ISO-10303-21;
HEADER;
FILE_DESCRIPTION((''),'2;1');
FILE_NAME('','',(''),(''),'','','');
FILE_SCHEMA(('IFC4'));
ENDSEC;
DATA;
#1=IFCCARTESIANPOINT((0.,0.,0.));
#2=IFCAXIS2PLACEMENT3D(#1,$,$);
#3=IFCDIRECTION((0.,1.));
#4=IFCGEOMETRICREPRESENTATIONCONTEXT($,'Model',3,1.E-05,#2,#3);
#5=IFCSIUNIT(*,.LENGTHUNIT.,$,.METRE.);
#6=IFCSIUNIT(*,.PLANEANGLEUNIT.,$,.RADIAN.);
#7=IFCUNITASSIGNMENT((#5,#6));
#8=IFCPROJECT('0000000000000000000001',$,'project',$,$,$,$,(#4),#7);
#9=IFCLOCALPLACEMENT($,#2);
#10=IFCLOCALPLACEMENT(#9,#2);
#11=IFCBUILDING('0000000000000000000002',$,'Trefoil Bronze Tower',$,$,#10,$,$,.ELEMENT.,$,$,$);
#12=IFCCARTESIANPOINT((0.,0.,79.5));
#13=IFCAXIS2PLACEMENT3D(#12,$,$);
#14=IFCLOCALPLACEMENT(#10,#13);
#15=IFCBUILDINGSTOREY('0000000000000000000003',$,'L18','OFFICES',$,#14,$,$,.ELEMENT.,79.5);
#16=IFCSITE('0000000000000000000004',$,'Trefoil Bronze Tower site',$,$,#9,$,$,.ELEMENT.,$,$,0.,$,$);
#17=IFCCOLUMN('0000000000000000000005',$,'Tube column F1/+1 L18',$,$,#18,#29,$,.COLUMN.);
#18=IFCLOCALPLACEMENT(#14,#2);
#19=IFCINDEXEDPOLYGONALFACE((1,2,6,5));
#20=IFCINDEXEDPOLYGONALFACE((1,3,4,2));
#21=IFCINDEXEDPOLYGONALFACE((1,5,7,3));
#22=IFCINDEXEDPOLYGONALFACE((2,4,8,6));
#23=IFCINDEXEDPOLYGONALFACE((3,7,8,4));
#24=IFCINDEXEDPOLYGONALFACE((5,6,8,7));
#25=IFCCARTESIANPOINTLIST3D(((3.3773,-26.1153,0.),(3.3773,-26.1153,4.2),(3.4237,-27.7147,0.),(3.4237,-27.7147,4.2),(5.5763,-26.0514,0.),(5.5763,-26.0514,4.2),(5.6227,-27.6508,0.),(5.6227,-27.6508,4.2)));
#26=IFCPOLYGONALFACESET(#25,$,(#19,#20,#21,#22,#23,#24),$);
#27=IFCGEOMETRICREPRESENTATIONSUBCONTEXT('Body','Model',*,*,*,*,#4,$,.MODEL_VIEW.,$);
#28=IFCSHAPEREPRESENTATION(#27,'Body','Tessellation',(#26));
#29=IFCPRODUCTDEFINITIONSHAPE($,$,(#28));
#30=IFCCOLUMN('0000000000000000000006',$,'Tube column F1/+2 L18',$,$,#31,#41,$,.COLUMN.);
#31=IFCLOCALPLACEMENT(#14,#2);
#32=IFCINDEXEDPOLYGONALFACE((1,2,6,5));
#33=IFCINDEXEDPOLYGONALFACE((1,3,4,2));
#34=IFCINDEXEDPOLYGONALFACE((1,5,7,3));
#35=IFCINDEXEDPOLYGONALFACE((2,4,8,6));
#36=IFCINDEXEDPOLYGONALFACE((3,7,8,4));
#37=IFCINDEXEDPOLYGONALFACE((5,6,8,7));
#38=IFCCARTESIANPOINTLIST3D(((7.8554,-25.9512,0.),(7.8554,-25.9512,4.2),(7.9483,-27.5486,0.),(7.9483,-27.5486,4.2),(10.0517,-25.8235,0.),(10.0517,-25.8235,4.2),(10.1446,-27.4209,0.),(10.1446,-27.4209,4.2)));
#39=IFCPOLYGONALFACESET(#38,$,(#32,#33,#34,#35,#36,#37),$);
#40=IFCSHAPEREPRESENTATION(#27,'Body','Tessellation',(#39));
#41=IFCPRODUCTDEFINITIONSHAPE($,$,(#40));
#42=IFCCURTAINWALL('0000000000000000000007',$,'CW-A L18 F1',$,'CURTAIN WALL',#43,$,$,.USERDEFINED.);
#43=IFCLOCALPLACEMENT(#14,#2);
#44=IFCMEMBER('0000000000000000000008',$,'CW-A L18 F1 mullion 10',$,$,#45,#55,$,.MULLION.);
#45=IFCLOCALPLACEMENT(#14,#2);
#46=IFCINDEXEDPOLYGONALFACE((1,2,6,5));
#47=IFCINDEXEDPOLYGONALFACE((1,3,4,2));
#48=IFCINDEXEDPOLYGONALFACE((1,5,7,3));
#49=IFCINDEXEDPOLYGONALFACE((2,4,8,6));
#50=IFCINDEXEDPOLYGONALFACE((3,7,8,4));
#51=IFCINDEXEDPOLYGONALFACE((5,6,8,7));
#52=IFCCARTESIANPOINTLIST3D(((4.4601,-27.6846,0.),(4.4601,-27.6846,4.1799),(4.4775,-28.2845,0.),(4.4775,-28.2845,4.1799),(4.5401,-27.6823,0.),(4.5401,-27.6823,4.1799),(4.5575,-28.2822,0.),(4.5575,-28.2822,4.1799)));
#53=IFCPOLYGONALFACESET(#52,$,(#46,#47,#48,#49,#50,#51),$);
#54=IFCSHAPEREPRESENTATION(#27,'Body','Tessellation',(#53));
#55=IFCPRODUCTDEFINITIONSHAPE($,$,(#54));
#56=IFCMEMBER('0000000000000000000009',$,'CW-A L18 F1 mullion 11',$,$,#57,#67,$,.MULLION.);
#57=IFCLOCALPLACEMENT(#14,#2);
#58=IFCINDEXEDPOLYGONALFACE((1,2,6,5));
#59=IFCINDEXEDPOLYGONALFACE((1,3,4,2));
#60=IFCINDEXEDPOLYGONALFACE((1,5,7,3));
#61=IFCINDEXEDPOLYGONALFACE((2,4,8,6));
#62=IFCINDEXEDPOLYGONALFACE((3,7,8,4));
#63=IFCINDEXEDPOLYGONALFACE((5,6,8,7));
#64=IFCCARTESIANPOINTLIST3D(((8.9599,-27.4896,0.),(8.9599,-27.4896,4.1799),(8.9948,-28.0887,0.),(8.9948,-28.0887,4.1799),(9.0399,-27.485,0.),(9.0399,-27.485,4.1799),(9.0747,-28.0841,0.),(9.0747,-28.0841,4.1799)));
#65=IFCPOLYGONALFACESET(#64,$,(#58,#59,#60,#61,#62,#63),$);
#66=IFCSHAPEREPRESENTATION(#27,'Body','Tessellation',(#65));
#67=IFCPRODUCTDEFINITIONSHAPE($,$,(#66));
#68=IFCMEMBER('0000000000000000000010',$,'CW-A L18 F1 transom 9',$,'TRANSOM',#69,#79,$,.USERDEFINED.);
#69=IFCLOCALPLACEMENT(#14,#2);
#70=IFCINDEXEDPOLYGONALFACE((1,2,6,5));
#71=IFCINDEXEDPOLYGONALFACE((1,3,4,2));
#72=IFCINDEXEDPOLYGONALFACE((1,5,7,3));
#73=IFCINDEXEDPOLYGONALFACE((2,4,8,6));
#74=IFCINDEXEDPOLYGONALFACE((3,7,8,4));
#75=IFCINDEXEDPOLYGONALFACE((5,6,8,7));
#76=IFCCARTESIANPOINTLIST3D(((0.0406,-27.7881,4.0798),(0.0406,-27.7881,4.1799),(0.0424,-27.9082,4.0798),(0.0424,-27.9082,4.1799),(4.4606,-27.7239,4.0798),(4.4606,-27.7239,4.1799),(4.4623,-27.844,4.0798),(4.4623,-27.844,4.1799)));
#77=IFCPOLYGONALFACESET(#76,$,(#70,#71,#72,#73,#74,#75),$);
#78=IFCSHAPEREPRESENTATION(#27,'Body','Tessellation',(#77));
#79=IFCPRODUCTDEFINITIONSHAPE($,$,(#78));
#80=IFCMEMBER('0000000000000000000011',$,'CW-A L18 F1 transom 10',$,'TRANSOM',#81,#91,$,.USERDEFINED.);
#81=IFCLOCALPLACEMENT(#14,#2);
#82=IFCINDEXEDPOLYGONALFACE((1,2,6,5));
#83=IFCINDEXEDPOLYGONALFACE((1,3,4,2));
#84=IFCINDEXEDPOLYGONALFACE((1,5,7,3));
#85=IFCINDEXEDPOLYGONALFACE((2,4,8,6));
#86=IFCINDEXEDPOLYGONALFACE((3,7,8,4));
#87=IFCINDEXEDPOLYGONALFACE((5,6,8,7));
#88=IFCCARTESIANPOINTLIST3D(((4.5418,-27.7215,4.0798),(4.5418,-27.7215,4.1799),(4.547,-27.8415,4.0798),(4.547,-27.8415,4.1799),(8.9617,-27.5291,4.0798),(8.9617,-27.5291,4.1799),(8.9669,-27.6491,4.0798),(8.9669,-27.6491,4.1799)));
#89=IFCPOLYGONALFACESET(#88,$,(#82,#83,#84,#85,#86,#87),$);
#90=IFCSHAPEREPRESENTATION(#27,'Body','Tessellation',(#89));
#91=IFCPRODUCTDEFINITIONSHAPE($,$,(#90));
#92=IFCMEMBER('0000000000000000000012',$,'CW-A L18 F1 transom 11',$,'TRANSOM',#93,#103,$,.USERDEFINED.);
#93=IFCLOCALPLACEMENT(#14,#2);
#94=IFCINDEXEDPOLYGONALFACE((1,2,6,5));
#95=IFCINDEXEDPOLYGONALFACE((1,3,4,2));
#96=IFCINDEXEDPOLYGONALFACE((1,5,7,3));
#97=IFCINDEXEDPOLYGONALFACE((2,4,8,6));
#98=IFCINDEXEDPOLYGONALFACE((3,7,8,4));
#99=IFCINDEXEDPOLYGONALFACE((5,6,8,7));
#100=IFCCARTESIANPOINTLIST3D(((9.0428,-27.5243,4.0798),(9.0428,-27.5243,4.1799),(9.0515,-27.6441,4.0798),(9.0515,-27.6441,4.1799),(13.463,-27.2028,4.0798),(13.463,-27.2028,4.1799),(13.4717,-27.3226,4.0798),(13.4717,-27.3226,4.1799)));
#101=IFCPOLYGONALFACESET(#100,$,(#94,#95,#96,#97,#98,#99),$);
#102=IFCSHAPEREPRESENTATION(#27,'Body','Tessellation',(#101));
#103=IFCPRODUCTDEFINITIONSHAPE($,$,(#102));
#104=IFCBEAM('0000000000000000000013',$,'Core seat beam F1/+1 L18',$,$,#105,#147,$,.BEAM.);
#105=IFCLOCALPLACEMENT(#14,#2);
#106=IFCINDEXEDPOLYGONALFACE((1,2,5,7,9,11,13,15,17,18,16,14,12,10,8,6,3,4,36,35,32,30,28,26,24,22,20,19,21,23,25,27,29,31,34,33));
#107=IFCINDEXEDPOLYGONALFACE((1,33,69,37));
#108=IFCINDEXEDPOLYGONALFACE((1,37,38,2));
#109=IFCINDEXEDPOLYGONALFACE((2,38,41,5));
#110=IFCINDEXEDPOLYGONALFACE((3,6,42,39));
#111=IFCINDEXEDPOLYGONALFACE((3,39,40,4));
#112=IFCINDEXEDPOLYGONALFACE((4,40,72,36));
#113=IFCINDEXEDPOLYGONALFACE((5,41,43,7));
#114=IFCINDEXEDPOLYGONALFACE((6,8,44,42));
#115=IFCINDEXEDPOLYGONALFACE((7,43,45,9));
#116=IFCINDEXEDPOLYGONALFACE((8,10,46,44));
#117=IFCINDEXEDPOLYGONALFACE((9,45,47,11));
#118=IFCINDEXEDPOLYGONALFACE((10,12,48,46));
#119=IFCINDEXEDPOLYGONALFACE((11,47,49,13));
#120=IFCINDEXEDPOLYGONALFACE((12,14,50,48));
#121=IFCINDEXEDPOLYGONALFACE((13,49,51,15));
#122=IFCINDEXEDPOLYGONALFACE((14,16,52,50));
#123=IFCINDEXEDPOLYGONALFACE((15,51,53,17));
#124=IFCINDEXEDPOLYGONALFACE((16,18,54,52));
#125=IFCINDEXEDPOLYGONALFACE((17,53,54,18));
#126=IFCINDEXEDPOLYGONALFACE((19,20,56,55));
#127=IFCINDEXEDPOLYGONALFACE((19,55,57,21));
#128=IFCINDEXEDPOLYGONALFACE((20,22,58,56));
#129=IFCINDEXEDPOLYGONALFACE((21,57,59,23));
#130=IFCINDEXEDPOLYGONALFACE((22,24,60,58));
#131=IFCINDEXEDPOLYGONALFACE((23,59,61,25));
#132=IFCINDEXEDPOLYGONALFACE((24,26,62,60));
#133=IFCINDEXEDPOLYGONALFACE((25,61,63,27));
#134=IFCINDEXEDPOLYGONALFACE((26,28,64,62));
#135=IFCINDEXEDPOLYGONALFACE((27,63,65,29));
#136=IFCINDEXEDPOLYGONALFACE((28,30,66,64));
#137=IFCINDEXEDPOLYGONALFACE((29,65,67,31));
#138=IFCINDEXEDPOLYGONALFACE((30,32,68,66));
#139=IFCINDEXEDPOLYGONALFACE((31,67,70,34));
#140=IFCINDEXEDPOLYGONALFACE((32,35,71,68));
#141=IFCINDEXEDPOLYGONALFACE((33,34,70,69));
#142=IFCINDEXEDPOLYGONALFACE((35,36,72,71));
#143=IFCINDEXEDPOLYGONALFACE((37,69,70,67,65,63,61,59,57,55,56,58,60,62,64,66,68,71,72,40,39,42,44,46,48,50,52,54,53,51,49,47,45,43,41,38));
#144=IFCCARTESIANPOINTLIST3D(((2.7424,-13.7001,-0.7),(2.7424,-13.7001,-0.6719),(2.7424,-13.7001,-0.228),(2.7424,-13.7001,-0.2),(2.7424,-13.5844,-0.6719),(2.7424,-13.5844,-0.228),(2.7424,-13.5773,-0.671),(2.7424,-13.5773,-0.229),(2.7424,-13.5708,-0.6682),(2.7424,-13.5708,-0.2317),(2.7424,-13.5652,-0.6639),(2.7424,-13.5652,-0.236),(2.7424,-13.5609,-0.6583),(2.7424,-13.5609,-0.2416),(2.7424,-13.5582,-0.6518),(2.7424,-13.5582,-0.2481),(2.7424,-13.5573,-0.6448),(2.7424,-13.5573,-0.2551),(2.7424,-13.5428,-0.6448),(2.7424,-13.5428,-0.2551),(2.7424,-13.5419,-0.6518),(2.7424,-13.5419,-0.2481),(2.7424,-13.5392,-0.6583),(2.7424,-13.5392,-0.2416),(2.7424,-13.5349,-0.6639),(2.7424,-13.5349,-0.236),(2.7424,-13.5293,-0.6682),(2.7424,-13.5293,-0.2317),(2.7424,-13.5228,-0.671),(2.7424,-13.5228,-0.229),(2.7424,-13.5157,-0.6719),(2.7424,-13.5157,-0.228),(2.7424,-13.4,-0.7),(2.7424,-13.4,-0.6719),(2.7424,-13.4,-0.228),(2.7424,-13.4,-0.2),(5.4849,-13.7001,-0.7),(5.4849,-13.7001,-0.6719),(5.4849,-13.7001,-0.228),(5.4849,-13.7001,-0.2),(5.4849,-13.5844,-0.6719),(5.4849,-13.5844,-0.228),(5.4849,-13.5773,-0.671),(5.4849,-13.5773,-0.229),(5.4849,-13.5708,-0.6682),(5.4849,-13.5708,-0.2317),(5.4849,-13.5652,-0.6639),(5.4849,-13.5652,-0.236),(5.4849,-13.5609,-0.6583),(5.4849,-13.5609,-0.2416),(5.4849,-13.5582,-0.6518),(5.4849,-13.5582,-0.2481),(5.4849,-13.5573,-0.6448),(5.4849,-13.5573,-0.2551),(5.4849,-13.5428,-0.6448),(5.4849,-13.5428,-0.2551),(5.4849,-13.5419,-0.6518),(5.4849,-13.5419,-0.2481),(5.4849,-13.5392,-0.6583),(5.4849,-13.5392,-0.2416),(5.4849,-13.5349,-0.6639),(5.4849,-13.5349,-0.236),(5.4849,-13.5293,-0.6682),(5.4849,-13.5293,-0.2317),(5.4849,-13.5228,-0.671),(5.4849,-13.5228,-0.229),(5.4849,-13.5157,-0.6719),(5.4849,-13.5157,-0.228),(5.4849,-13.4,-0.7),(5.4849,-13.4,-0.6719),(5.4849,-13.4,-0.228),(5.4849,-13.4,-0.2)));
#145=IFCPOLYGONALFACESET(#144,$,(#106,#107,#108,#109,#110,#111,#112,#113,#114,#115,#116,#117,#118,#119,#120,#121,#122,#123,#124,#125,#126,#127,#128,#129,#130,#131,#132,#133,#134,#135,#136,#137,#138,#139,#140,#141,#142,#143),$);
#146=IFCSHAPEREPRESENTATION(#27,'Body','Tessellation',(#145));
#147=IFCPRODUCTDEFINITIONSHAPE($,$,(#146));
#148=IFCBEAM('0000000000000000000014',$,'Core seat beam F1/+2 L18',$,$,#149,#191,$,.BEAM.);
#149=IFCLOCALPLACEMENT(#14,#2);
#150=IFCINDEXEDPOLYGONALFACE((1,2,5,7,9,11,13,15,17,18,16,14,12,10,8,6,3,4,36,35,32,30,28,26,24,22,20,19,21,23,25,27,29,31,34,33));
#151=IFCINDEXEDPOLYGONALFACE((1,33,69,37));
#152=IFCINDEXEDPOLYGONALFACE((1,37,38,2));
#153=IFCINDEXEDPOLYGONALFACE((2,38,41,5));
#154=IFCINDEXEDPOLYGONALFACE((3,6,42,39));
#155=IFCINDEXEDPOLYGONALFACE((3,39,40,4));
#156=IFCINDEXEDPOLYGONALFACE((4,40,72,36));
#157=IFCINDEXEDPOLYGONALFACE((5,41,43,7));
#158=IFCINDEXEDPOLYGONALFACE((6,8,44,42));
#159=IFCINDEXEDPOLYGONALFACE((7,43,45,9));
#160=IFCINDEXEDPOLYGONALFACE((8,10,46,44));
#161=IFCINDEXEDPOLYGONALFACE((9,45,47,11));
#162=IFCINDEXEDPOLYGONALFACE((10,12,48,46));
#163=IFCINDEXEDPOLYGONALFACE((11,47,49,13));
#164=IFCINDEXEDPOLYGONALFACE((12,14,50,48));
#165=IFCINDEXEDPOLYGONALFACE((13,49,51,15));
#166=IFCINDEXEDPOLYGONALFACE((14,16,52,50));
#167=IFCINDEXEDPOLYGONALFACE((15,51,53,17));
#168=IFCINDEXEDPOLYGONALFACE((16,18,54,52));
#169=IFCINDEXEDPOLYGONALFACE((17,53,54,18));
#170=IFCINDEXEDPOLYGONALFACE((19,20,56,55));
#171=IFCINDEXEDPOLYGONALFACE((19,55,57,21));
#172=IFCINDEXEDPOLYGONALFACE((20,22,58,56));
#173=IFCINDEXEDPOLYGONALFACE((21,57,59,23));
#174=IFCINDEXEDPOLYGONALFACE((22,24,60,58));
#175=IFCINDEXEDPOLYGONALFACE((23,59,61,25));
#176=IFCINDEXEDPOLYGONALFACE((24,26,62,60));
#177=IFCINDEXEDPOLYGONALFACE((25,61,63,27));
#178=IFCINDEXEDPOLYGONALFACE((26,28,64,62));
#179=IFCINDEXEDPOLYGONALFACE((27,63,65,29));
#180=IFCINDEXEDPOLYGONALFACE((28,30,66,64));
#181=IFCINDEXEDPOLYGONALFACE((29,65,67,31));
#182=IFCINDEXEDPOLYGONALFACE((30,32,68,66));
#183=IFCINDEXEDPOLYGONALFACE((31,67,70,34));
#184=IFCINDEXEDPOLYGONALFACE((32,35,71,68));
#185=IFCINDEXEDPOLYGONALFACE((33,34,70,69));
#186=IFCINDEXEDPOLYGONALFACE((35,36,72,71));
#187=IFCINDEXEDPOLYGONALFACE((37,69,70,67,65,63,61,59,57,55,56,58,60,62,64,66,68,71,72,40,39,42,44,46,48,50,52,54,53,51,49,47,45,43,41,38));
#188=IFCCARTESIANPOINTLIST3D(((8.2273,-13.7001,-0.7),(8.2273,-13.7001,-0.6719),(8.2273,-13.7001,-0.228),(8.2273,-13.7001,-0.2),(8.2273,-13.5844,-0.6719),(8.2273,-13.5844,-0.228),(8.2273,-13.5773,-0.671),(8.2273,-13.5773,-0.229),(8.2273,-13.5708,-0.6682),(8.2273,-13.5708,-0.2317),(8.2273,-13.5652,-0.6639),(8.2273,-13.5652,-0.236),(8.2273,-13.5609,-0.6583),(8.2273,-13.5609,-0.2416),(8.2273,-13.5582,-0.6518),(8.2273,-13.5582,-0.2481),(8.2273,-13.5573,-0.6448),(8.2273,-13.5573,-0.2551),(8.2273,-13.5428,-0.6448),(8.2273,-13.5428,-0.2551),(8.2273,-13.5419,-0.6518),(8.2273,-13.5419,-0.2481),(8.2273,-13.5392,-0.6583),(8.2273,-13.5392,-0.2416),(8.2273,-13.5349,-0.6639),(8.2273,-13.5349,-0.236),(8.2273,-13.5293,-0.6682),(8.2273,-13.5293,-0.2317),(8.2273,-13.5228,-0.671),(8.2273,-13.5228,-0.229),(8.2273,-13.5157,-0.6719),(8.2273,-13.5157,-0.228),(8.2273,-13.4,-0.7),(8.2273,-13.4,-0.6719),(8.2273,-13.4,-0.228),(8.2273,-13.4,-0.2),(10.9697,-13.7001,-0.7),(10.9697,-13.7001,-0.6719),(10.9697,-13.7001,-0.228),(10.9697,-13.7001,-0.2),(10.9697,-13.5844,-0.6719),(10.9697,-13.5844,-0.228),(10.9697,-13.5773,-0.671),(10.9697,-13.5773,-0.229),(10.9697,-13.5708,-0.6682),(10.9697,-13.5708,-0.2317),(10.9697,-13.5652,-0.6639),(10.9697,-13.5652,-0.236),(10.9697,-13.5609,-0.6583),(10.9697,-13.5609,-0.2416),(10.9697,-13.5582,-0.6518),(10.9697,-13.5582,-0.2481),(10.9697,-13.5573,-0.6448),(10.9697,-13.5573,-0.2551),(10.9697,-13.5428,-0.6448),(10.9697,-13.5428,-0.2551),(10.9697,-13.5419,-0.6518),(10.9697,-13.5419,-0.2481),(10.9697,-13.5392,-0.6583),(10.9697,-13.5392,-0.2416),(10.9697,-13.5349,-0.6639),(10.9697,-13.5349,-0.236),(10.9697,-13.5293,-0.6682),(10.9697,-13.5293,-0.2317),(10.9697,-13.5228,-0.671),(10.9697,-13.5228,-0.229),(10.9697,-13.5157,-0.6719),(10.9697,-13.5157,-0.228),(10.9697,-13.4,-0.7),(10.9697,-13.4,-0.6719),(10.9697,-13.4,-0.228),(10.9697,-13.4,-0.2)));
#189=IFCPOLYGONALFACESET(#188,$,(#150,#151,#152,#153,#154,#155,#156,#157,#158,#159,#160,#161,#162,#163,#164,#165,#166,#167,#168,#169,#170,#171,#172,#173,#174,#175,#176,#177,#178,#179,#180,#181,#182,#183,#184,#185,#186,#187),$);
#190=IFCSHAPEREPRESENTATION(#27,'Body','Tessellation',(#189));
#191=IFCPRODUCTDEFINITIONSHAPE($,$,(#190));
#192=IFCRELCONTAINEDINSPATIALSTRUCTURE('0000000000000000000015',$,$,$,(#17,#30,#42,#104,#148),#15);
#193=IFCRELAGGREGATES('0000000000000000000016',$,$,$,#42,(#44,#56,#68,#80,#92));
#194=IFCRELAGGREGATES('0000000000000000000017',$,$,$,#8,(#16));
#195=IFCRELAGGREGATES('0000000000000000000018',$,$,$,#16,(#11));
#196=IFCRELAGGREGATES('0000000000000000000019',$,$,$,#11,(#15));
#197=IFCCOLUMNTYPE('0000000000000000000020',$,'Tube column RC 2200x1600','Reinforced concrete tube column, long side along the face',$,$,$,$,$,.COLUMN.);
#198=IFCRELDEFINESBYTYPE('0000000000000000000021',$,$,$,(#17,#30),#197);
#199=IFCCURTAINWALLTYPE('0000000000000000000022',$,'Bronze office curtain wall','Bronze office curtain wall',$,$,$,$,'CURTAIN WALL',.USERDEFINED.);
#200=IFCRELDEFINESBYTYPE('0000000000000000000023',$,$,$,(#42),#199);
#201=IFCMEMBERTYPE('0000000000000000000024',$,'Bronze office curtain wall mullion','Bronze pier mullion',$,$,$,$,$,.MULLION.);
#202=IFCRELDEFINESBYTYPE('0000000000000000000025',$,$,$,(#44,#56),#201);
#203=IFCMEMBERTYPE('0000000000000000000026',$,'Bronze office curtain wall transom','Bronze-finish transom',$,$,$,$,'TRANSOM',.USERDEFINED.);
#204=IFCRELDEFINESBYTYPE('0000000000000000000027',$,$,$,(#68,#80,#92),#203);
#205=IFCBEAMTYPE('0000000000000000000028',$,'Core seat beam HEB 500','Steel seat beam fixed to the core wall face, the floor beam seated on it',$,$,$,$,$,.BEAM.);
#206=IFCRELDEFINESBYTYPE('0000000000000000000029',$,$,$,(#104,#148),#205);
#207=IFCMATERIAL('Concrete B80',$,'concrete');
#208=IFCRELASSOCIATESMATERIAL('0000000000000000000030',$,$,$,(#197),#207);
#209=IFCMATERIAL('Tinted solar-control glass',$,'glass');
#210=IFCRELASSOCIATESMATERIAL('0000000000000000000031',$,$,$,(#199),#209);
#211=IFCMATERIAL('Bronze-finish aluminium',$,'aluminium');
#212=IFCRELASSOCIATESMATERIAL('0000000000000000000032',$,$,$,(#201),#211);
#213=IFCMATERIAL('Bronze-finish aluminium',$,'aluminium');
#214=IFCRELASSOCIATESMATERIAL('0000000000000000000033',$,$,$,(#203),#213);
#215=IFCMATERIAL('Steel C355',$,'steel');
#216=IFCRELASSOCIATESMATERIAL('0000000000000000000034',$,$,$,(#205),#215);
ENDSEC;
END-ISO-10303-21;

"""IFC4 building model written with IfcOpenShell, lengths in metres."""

from ifc_helpers import new_model, si_unit, direction, frame, origin, origin_2d, place, context, subcontext, project, spatial, rectangle, i_section, extrude, material, material_profile, profile_set, type_object, element, aggregate, save


model = new_model("IFC4")

# Units and contexts
model_context = context("Model", 3, precision=1e-05, world=origin(), true_north=direction((0.0, 1.0)))
body_context = subcontext(model_context, "Body", "Model", "MODEL_VIEW")
ifc_project = project(units=[si_unit("LENGTHUNIT", "METRE"), si_unit("PLANEANGLEUNIT", "RADIAN")], contexts=[model_context])

# Site, building, storey
site_placement = place(None, origin())
site = spatial("IfcSite", under=ifc_project, at=site_placement, Name="Trefoil Bronze Tower site", CompositionType="ELEMENT", RefElevation=0.0)
building_placement = place(site_placement, origin())
building = spatial("IfcBuilding", under=site, at=building_placement, Name="Trefoil Bronze Tower", CompositionType="ELEMENT")
storey_placement = place(building_placement, frame((0.0, 0.0, 79.5)))
storey = spatial("IfcBuildingStorey", under=building, at=storey_placement, Name="L18", Description="OFFICES", CompositionType="ELEMENT", Elevation=79.5)

# Columns
ifc_material_1 = material(Name="Concrete B80", Category="concrete")
ifc_material_profile_1 = material_profile(ifc_material_1, rectangle(XDim=2.2, YDim=1.6001, at=origin_2d()), Name="RC 2200x1600")
ifc_profile_set_1 = profile_set([ifc_material_profile_1], Name="Concrete B80")
column_type = type_object("IfcColumnType", Name="Tube column RC 2200x1600", Description="Reinforced concrete tube column, long side along the face", PredefinedType="COLUMN", material=ifc_profile_set_1)
for number, where, z_axis, x_axis, name in (
    (1, (4.5, -26.8831, 0.0), (0.0, 0.0, 1.0), (0.999579, 0.029022, 0.0), "Tube column F1/+1 L18"),
    (2, (9.0, -26.686, 0.0), (0.0, 0.0, 1.0), (0.998314, 0.058043, 0.0), "Tube column F1/+2 L18"),
):
    element("IfcColumn", number, at=place(storey_placement, frame(where, z_axis=z_axis, x_axis=x_axis)), inside=storey, type_object=column_type, Name=name, PredefinedType="COLUMN", context=body_context, shape_type="SweptSolid", body=[
        extrude(rectangle(XDim=2.2, YDim=1.6001, at=origin_2d()), origin(), (0.0, 0.0, 1.0), 4.2),
    ])

# Curtain wall, members
ifc_material_2 = material(Name="Tinted solar-control glass", Category="glass")
curtain_wall_type = type_object("IfcCurtainWallType", Name="Bronze office curtain wall", Description="Bronze office curtain wall", ElementType="CURTAIN WALL", PredefinedType="USERDEFINED", material=ifc_material_2)
curtain_wall_placement = place(storey_placement, origin())
curtain_wall = element("IfcCurtainWall", 3, at=curtain_wall_placement, inside=storey, type_object=curtain_wall_type, Name="CW-A L18 F1", ObjectType="CURTAIN WALL", PredefinedType="USERDEFINED")
ifc_material_3 = material(Name="Bronze-finish aluminium", Category="aluminium")
ifc_material_profile_2 = material_profile(ifc_material_3, rectangle(XDim=0.6001, YDim=0.0801, at=origin_2d()), Name="CW-A mullion")
ifc_profile_set_2 = profile_set([ifc_material_profile_2], Name="Bronze-finish aluminium")
member_type_1 = type_object("IfcMemberType", Name="Bronze office curtain wall mullion", Description="Bronze pier mullion", PredefinedType="MULLION", material=ifc_profile_set_2)
member_1_placement = place(storey_placement, frame((4.5088, -27.9834, 0.0), z_axis=(0.0, 0.0, 1.0), x_axis=(-0.029022, 0.999579, 0.0)))
member_1 = element("IfcMember", 4, at=member_1_placement, type_object=member_type_1, Name="CW-A L18 F1 mullion 10", PredefinedType="MULLION", context=body_context, shape_type="SweptSolid", body=[
    extrude(rectangle(XDim=0.6001, YDim=0.0801, at=origin_2d()), origin(), (0.0, 0.0, 1.0), 4.1799),
])
member_2_placement = place(storey_placement, frame((9.0173, -27.7869, 0.0), z_axis=(0.0, 0.0, 1.0), x_axis=(-0.058043, 0.998314, 0.0)))
member_2 = element("IfcMember", 5, at=member_2_placement, type_object=member_type_1, Name="CW-A L18 F1 mullion 11", PredefinedType="MULLION", context=body_context, shape_type="SweptSolid", body=[
    extrude(rectangle(XDim=0.6001, YDim=0.0801, at=origin_2d()), origin(), (0.0, 0.0, 1.0), 4.1799),
])
ifc_material_4 = material(Name="Bronze-finish aluminium", Category="aluminium")
ifc_material_profile_3 = material_profile(ifc_material_4, rectangle(XDim=0.1201, YDim=0.1001, at=origin_2d()), Name="CW-A transom")
ifc_profile_set_3 = profile_set([ifc_material_profile_3], Name="Bronze-finish aluminium")
member_type_2 = type_object("IfcMemberType", Name="Bronze office curtain wall transom", Description="Bronze-finish transom", ElementType="TRANSOM", PredefinedType="USERDEFINED", material=ifc_profile_set_3)
member_3_placement = place(storey_placement, frame((0.0415, -27.8481, 4.1299), z_axis=(0.999894, 0.014526, 0.0), x_axis=(-0.014526, 0.999894, 0.0)))
member_3 = element("IfcMember", 6, at=member_3_placement, type_object=member_type_2, Name="CW-A L18 F1 transom 9", ObjectType="TRANSOM", PredefinedType="USERDEFINED", context=body_context, shape_type="SweptSolid", body=[
    extrude(rectangle(XDim=0.1201, YDim=0.1001, at=origin_2d()), origin(), (0.0, 0.0, 1.0), 4.4204),
])
member_4_placement = place(storey_placement, frame((4.5444, -27.7815, 4.1299), z_axis=(0.999054, 0.043485, 0.0), x_axis=(-0.043485, 0.999054, 0.0)))
member_4 = element("IfcMember", 7, at=member_4_placement, type_object=member_type_2, Name="CW-A L18 F1 transom 10", ObjectType="TRANSOM", PredefinedType="USERDEFINED", context=body_context, shape_type="SweptSolid", body=[
    extrude(rectangle(XDim=0.1201, YDim=0.1001, at=origin_2d()), origin(), (0.0, 0.0, 1.0), 4.4241),
])
member_5_placement = place(storey_placement, frame((9.0471, -27.5842, 4.1299), z_axis=(0.997365, 0.072551, 0.0), x_axis=(-0.072551, 0.997365, 0.0)))
member_5 = element("IfcMember", 8, at=member_5_placement, type_object=member_type_2, Name="CW-A L18 F1 transom 11", ObjectType="TRANSOM", PredefinedType="USERDEFINED", context=body_context, shape_type="SweptSolid", body=[
    extrude(rectangle(XDim=0.1201, YDim=0.1001, at=origin_2d()), origin(), (0.0, 0.0, 1.0), 4.4319),
])

# Beams
ifc_material_5 = material(Name="Steel C355", Category="steel")
ifc_material_profile_4 = material_profile(ifc_material_5, i_section(OverallWidth=0.3, OverallDepth=0.5, WebThickness=0.0144, FlangeThickness=0.0281, FilletRadius=0.0271, at=origin_2d()), Name="HEB 500")
ifc_profile_set_4 = profile_set([ifc_material_profile_4], Name="Steel C355")
beam_type_1 = type_object("IfcBeamType", Name="Core seat beam HEB 500", Description="Steel seat beam fixed to the core wall face, the floor beam seated on it", PredefinedType="BEAM", material=ifc_profile_set_4)
for number, where, z_axis, x_axis, name in (
    (9, (2.7424, -13.55, -0.45), (1.0, 0.0, 0.0), (0.0, 1.0, 0.0), "Core seat beam F1/+1 L18"),
    (10, (8.2273, -13.55, -0.45), (1.0, 0.0, 0.0), (0.0, 1.0, 0.0), "Core seat beam F1/+2 L18"),
):
    element("IfcBeam", number, at=place(storey_placement, frame(where, z_axis=z_axis, x_axis=x_axis)), inside=storey, type_object=beam_type_1, Name=name, PredefinedType="BEAM", context=body_context, shape_type="SweptSolid", body=[
        extrude(i_section(OverallWidth=0.3, OverallDepth=0.5, WebThickness=0.0144, FlangeThickness=0.0281, FilletRadius=0.0271, at=origin_2d()), origin(), (0.0, 0.0, 1.0), 2.7424),
    ])

aggregate(curtain_wall, [member_1, member_2, member_3, member_4, member_5])

save(model, "model.ifc")
